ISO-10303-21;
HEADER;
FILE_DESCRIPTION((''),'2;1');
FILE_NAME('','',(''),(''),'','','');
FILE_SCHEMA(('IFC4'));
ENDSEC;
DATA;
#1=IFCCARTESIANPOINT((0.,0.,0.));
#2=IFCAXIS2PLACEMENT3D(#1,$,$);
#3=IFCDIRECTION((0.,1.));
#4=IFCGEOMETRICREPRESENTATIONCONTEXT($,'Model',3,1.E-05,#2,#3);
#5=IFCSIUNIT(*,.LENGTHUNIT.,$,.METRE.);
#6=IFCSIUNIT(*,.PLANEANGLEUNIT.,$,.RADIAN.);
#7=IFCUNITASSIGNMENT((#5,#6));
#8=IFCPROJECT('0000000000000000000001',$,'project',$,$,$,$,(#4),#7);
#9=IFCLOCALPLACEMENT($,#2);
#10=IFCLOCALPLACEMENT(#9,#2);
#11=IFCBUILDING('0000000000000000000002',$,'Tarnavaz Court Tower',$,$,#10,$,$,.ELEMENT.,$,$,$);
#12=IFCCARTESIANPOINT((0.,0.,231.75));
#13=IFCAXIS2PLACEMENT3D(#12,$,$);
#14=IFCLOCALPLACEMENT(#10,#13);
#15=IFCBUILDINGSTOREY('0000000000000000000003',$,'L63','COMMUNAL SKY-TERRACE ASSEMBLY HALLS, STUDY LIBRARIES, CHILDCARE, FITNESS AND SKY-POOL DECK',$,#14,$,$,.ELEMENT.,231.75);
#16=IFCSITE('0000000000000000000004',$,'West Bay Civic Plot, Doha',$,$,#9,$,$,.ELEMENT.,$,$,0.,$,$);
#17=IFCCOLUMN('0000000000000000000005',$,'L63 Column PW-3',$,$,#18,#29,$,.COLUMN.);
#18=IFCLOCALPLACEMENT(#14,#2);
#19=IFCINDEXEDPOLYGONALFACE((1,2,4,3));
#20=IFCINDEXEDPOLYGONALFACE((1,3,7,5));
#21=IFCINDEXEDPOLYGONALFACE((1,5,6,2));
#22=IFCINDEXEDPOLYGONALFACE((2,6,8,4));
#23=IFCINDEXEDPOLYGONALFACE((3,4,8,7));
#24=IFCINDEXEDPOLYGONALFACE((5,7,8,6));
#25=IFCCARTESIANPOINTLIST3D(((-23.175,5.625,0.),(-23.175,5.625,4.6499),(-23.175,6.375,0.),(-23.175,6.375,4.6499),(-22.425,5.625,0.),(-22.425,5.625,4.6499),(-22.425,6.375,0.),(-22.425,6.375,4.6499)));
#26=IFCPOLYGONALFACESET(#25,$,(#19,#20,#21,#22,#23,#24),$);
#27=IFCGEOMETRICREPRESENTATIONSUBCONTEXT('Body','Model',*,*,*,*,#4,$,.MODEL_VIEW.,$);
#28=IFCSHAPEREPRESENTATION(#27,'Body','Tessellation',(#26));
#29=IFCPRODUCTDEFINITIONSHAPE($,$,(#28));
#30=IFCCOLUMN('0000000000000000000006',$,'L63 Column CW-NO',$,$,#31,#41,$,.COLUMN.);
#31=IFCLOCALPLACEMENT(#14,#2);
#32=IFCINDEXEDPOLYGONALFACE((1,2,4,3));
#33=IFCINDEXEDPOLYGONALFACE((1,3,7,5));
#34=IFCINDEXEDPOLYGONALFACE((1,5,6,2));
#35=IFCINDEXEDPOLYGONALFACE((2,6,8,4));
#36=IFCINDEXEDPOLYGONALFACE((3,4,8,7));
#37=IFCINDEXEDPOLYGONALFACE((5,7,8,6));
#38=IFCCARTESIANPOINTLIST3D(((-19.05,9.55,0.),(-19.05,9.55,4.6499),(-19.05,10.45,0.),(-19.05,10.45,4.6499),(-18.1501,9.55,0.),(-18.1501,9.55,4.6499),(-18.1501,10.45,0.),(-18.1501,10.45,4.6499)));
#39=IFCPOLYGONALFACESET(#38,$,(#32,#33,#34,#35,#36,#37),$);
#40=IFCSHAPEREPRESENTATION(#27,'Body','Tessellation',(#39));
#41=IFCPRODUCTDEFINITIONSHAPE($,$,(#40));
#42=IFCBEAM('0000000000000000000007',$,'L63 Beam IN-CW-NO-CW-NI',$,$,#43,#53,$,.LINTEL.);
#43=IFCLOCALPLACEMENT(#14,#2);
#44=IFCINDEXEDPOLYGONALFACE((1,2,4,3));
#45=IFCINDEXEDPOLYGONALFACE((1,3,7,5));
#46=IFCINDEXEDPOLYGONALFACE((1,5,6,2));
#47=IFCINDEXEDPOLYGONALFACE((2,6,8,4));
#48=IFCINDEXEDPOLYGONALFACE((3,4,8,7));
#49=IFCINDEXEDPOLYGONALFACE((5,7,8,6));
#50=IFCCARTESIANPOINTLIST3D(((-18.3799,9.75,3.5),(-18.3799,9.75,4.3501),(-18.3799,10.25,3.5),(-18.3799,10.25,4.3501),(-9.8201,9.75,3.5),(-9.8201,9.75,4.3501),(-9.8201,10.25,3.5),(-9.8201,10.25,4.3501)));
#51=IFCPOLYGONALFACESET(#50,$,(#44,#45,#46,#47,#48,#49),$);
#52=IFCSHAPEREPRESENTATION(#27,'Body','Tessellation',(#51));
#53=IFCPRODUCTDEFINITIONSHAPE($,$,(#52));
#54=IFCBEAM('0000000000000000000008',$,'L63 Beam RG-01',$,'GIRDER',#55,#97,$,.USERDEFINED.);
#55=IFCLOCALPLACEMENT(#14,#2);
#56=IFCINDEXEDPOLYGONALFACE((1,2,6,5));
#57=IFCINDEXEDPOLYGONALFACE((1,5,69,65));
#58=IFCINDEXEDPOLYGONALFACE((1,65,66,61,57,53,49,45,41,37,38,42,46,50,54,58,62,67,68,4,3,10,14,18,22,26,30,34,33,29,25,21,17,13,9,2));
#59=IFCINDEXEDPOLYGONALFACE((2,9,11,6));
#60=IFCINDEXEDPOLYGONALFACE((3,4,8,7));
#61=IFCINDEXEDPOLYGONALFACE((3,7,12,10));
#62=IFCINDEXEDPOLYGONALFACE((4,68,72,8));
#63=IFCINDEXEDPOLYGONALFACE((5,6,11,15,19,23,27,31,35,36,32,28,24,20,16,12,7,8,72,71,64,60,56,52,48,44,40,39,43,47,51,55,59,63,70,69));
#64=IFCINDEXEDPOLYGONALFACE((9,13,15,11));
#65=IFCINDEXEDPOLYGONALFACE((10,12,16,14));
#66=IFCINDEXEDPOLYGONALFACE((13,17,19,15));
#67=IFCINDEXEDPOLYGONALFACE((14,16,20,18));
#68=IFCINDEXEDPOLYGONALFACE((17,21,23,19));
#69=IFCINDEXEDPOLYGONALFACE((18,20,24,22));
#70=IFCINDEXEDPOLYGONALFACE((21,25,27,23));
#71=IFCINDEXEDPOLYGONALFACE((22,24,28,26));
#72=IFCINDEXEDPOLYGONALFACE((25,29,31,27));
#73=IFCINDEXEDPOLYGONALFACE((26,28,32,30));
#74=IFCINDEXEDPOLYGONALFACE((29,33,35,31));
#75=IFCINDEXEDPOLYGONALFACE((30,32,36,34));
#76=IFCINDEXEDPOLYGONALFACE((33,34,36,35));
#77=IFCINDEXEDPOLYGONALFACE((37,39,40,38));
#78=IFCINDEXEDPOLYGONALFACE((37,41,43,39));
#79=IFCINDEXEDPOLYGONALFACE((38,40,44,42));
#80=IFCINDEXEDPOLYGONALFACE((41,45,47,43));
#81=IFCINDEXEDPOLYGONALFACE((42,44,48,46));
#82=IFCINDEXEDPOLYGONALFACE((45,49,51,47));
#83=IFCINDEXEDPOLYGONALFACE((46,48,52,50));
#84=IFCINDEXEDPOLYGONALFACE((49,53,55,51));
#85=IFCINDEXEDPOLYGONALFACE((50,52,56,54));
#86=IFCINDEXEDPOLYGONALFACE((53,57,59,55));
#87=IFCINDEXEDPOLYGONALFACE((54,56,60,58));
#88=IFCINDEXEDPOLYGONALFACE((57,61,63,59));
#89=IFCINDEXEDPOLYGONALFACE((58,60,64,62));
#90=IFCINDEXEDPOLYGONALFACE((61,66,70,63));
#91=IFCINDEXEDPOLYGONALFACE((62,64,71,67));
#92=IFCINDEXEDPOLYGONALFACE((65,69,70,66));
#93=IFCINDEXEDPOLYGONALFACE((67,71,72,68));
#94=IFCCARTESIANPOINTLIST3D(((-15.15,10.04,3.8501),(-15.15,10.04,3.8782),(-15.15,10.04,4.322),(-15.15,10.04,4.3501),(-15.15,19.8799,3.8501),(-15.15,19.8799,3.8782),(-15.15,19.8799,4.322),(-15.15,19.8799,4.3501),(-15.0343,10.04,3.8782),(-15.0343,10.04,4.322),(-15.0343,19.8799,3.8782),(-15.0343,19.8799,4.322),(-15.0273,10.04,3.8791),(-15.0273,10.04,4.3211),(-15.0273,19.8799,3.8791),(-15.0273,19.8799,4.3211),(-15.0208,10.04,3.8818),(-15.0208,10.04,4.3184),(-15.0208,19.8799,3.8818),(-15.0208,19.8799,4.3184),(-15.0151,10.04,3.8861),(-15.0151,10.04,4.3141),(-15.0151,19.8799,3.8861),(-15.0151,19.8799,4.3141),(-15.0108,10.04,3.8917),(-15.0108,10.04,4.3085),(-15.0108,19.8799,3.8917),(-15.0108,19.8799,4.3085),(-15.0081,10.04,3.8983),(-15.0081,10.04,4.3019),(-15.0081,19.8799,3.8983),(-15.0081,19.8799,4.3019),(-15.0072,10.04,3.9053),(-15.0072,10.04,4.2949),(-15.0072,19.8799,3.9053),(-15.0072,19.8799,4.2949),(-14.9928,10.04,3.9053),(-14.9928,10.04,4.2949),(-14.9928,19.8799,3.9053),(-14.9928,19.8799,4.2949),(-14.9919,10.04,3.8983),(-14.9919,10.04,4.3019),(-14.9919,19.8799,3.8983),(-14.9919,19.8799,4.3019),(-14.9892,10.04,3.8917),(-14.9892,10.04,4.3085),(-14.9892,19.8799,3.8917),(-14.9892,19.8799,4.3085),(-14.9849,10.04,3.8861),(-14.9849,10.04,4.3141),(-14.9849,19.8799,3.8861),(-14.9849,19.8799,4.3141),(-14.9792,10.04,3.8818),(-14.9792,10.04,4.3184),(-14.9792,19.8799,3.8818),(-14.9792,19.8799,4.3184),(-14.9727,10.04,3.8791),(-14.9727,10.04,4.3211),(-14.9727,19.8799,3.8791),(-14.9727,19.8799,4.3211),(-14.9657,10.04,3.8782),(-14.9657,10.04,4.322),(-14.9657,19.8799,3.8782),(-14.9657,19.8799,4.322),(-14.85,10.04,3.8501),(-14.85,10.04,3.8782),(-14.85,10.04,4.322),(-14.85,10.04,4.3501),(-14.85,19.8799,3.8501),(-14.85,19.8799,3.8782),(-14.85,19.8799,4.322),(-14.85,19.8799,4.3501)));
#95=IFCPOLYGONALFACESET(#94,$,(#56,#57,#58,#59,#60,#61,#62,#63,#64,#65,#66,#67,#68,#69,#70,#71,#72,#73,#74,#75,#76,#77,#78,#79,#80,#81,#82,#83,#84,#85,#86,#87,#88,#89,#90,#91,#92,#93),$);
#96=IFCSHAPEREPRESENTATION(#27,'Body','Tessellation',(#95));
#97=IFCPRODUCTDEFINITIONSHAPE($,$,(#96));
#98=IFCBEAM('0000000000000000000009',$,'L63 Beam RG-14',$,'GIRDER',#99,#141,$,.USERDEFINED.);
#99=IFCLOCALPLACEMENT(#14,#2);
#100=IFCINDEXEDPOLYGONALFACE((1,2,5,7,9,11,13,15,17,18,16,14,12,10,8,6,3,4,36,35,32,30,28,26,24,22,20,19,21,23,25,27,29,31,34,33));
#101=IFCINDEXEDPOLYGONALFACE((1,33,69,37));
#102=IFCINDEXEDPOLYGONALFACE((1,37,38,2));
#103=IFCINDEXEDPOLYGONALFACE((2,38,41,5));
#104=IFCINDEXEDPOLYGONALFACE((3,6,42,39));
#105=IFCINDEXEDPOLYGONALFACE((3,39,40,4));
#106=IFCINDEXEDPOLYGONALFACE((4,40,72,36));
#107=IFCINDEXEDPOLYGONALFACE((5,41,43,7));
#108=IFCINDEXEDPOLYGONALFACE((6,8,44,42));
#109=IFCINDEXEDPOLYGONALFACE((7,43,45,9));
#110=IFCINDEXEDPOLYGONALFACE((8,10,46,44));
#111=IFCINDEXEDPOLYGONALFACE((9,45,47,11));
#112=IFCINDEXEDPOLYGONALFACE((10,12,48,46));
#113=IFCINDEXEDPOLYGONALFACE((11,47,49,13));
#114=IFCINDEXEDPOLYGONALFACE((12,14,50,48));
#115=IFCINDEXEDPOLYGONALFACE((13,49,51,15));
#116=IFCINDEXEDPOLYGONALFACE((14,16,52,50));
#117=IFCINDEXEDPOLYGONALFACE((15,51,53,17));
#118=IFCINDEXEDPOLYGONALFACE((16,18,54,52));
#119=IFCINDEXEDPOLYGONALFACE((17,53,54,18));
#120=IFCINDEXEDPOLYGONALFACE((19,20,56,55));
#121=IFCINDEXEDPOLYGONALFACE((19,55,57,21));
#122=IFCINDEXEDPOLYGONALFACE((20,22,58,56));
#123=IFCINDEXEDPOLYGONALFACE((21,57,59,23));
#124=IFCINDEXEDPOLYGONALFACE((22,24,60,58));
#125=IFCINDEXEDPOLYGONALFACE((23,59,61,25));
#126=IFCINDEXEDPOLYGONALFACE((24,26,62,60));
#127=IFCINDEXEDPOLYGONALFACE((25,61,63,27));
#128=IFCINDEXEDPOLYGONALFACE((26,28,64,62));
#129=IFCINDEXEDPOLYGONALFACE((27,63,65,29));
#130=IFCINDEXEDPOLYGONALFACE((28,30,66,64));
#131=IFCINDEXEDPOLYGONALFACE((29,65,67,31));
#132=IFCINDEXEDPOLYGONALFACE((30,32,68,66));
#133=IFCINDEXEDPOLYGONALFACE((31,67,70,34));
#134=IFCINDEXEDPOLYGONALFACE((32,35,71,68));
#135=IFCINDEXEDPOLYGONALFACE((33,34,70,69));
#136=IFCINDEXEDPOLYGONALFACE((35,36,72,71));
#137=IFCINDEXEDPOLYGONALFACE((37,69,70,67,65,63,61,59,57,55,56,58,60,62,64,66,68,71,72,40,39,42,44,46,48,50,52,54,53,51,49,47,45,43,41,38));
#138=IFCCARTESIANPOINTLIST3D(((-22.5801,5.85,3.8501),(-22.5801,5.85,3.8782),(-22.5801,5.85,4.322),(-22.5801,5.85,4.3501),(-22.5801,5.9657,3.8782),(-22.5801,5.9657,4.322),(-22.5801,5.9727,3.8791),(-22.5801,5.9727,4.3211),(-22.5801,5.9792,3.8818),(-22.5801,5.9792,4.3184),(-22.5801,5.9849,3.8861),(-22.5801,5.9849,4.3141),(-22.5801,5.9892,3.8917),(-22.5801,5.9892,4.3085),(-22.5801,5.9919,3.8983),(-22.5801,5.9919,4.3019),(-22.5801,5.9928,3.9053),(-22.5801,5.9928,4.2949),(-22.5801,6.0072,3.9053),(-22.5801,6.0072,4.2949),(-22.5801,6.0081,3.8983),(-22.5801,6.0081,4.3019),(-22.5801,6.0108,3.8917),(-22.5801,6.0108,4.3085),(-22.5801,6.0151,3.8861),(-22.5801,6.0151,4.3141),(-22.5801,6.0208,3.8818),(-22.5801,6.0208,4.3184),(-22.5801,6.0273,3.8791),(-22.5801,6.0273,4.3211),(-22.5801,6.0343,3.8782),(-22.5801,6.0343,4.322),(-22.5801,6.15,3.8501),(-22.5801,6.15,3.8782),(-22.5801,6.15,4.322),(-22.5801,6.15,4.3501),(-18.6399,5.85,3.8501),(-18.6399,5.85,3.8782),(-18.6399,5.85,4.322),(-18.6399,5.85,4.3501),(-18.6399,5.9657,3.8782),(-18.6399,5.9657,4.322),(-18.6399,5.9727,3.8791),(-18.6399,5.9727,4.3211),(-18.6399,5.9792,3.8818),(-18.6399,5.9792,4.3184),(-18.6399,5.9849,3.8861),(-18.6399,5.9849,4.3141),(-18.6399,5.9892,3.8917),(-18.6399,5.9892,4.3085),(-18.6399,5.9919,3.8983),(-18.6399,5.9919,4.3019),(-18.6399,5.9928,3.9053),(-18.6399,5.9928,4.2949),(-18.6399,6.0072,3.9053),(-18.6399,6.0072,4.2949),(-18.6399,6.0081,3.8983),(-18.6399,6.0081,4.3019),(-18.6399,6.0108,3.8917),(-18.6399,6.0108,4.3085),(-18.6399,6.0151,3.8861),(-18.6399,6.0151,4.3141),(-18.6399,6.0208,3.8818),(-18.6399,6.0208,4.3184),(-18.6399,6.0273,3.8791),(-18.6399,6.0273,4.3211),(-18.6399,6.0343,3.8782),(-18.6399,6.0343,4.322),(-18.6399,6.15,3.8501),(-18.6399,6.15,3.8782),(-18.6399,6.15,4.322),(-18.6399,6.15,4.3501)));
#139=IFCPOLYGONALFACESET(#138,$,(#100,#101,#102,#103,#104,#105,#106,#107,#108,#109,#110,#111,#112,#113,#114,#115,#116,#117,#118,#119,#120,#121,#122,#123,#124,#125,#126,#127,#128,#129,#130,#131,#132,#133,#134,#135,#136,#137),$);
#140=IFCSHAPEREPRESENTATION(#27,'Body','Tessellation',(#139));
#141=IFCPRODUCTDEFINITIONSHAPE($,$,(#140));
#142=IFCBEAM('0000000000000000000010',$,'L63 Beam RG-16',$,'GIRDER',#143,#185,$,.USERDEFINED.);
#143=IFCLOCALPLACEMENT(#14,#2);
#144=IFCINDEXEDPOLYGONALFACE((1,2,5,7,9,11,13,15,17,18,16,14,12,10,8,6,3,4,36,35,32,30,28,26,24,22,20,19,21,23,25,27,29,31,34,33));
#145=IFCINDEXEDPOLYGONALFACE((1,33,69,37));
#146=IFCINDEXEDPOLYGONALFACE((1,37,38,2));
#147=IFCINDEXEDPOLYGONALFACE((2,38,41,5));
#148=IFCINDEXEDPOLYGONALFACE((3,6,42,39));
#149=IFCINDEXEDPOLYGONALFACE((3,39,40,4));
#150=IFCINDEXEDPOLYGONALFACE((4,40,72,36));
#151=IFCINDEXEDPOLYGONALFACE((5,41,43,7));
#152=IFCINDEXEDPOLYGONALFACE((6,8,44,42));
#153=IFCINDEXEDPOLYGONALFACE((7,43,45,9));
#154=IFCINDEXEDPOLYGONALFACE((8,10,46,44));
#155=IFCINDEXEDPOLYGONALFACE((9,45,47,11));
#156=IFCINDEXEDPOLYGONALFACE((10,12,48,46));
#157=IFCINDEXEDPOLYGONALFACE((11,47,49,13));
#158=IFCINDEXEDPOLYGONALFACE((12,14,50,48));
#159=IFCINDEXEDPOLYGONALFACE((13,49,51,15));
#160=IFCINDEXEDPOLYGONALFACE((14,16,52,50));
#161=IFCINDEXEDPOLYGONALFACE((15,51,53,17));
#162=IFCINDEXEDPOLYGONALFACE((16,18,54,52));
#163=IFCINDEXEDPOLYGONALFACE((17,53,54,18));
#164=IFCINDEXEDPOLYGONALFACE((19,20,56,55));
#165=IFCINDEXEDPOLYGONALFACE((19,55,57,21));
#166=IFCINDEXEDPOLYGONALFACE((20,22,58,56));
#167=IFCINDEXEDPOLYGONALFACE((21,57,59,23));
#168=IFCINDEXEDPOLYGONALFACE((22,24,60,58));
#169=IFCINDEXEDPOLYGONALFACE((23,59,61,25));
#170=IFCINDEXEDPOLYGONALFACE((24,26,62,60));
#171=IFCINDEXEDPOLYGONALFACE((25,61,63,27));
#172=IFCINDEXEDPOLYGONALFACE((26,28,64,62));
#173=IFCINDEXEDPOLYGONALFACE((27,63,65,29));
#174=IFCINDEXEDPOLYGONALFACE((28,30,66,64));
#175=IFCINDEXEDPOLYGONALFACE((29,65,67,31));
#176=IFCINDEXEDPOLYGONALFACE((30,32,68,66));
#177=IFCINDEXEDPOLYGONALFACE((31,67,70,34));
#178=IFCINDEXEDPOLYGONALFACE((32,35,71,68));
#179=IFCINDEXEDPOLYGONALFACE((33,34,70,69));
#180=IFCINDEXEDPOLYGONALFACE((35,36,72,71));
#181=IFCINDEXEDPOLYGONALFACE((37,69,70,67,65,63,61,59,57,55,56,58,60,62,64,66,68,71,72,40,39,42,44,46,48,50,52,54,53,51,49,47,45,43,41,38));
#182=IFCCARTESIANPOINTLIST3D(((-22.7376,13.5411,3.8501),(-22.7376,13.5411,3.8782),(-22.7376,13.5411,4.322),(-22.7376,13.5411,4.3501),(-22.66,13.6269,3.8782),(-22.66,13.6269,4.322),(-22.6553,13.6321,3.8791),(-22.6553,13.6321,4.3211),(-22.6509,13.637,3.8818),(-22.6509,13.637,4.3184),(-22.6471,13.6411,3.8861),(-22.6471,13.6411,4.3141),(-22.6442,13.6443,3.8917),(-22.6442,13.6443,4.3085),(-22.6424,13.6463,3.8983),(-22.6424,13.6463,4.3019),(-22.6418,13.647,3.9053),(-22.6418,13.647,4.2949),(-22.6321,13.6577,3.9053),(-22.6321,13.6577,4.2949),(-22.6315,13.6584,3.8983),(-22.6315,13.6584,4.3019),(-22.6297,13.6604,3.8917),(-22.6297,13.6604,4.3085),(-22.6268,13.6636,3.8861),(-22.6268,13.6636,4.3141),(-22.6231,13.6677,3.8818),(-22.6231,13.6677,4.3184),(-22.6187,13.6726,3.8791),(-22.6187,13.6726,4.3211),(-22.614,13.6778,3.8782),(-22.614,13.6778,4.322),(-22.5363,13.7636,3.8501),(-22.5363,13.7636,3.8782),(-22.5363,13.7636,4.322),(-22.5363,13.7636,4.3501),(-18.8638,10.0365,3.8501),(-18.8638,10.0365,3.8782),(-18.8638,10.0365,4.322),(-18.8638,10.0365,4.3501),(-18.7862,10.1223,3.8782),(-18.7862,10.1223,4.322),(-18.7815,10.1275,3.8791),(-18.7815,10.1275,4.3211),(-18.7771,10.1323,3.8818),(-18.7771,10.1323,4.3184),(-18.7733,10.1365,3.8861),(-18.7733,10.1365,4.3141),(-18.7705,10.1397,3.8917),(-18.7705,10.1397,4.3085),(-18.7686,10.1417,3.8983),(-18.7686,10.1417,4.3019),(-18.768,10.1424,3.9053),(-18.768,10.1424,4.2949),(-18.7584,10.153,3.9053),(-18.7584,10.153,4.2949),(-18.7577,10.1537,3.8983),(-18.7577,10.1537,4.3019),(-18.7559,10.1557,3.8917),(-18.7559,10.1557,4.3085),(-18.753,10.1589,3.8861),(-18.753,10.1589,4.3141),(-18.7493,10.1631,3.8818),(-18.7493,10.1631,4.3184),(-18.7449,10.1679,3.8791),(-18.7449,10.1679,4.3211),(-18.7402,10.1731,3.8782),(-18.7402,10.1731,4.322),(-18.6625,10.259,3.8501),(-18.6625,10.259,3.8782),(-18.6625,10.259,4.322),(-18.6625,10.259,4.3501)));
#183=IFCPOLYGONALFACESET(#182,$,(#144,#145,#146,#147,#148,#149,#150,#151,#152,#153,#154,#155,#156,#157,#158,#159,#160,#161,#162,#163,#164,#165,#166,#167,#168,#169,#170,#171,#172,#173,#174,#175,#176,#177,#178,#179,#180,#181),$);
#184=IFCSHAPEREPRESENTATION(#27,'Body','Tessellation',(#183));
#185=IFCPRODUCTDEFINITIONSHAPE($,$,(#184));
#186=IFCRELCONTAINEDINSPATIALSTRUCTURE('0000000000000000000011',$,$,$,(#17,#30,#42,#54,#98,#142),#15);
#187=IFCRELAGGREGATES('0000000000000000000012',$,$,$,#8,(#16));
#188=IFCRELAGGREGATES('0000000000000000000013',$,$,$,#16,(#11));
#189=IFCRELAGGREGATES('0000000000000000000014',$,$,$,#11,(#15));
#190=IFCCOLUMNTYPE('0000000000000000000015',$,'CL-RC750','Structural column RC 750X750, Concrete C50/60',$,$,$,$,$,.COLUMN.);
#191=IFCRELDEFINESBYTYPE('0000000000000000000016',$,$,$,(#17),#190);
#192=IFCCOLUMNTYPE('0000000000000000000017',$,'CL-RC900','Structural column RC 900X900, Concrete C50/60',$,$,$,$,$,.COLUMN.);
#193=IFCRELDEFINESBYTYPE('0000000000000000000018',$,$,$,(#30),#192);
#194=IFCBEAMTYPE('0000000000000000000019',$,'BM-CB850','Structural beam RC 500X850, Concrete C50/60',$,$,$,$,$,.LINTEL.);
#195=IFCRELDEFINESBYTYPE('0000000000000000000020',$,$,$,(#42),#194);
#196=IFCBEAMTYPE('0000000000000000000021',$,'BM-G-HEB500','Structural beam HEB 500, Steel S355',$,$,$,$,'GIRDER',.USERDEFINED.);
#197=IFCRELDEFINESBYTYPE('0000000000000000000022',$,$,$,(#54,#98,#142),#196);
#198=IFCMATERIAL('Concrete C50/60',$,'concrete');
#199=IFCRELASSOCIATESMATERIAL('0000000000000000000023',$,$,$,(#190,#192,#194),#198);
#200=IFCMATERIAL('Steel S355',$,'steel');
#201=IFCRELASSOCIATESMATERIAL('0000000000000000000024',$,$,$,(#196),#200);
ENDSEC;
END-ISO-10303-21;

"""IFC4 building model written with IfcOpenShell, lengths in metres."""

from ifc_helpers import new_model, si_unit, direction, frame, origin, origin_2d, place, context, subcontext, project, spatial, rectangle, i_section, extrude, material, material_profile, profile_set, type_object, element, save


model = new_model("IFC4")

# Units and contexts
model_context = context("Model", 3, precision=1e-05, world=origin(), true_north=direction((0.0, 1.0)))
body_context = subcontext(model_context, "Body", "Model", "MODEL_VIEW")
ifc_project = project(units=[si_unit("LENGTHUNIT", "METRE"), si_unit("PLANEANGLEUNIT", "RADIAN")], contexts=[model_context])

# Site, building, storey
site_placement = place(None, origin())
site = spatial("IfcSite", under=ifc_project, at=site_placement, Name="West Bay Civic Plot, Doha", CompositionType="ELEMENT", RefElevation=0.0)
building_placement = place(site_placement, origin())
building = spatial("IfcBuilding", under=site, at=building_placement, Name="Tarnavaz Court Tower", CompositionType="ELEMENT")
storey_placement = place(building_placement, frame((0.0, 0.0, 231.75)))
storey = spatial("IfcBuildingStorey", under=building, at=storey_placement, Name="L63", Description="COMMUNAL SKY-TERRACE ASSEMBLY HALLS, STUDY LIBRARIES, CHILDCARE, FITNESS AND SKY-POOL DECK", CompositionType="ELEMENT", Elevation=231.75)

# Columns
ifc_material_1 = material(Name="Concrete C50/60", Category="concrete")
ifc_material_profile_1 = material_profile(ifc_material_1, rectangle(XDim=0.75, YDim=0.75, at=origin_2d()), Name="RC 750X750")
ifc_profile_set_1 = profile_set([ifc_material_profile_1], Name="Concrete C50/60")
column_type_1 = type_object("IfcColumnType", Name="CL-RC750", Description="Structural column RC 750X750, Concrete C50/60", PredefinedType="COLUMN", material=ifc_profile_set_1)
column_1_placement = place(storey_placement, frame((-22.8, 6.0, 0.0), z_axis=(0.0, 0.0, 1.0), x_axis=(1.0, 0.0, 0.0)))
element("IfcColumn", 1, at=column_1_placement, inside=storey, type_object=column_type_1, Name="L63 Column PW-3", PredefinedType="COLUMN", context=body_context, shape_type="SweptSolid", body=[
    extrude(rectangle(XDim=0.75, YDim=0.75, at=origin_2d()), origin(), (0.0, 0.0, 1.0), 4.6499),
])
ifc_material_profile_2 = material_profile(ifc_material_1, rectangle(XDim=0.8999, YDim=0.8999, at=origin_2d()), Name="RC 900X900")
ifc_profile_set_2 = profile_set([ifc_material_profile_2], Name="Concrete C50/60")
column_type_2 = type_object("IfcColumnType", Name="CL-RC900", Description="Structural column RC 900X900, Concrete C50/60", PredefinedType="COLUMN", material=ifc_profile_set_2)
column_2_placement = place(storey_placement, frame((-18.6001, 10.0, 0.0), z_axis=(0.0, 0.0, 1.0), x_axis=(1.0, 0.0, 0.0)))
element("IfcColumn", 2, at=column_2_placement, inside=storey, type_object=column_type_2, Name="L63 Column CW-NO", PredefinedType="COLUMN", context=body_context, shape_type="SweptSolid", body=[
    extrude(rectangle(XDim=0.8999, YDim=0.8999, at=origin_2d()), origin(), (0.0, 0.0, 1.0), 4.6499),
])

# Beams
ifc_material_profile_3 = material_profile(ifc_material_1, rectangle(XDim=0.5, YDim=0.8501, at=origin_2d()), Name="RC 500X850")
ifc_profile_set_3 = profile_set([ifc_material_profile_3], Name="Concrete C50/60")
beam_type_1 = type_object("IfcBeamType", Name="BM-CB850", Description="Structural beam RC 500X850, Concrete C50/60", PredefinedType="LINTEL", material=ifc_profile_set_3)
beam_1_placement = place(storey_placement, frame((-18.3799, 10.0, 3.925), z_axis=(1.0, 0.0, 0.0), x_axis=(0.0, 1.0, 0.0)))
element("IfcBeam", 3, at=beam_1_placement, inside=storey, type_object=beam_type_1, Name="L63 Beam IN-CW-NO-CW-NI", PredefinedType="LINTEL", context=body_context, shape_type="SweptSolid", body=[
    extrude(rectangle(XDim=0.5, YDim=0.8501, at=origin_2d()), origin(), (0.0, 0.0, 1.0), 8.5598),
])
ifc_material_2 = material(Name="Steel S355", Category="steel")
ifc_material_profile_4 = material_profile(ifc_material_2, i_section(OverallWidth=0.3, OverallDepth=0.5, WebThickness=0.0144, FlangeThickness=0.0281, FilletRadius=0.0271, at=origin_2d()), Name="HEB 500")
ifc_profile_set_4 = profile_set([ifc_material_profile_4], Name="Steel S355")
beam_type_2 = type_object("IfcBeamType", Name="BM-G-HEB500", Description="Structural beam HEB 500, Steel S355", ElementType="GIRDER", PredefinedType="USERDEFINED", material=ifc_profile_set_4)
beam_2_placement = place(storey_placement, frame((-15.0, 10.04, 4.1001), z_axis=(0.0, 1.0, 0.0), x_axis=(-1.0, 0.0, 0.0)))
element("IfcBeam", 4, at=beam_2_placement, inside=storey, type_object=beam_type_2, Name="L63 Beam RG-01", ObjectType="GIRDER", PredefinedType="USERDEFINED", context=body_context, shape_type="SweptSolid", body=[
    extrude(i_section(OverallWidth=0.3, OverallDepth=0.5, WebThickness=0.0144, FlangeThickness=0.0281, FilletRadius=0.0271, at=origin_2d()), origin(), (0.0, 0.0, 1.0), 9.8398),
])
beam_3_placement = place(storey_placement, frame((-18.6399, 6.0, 4.1001), z_axis=(-1.0, 0.0, 0.0), x_axis=(0.0, -1.0, 0.0)))
element("IfcBeam", 5, at=beam_3_placement, inside=storey, type_object=beam_type_2, Name="L63 Beam RG-14", ObjectType="GIRDER", PredefinedType="USERDEFINED", context=body_context, shape_type="SweptSolid", body=[
    extrude(i_section(OverallWidth=0.3, OverallDepth=0.5, WebThickness=0.0144, FlangeThickness=0.0281, FilletRadius=0.0271, at=origin_2d()), origin(), (0.0, 0.0, 1.0), 3.9402),
])
beam_4_placement = place(storey_placement, frame((-18.7632, 10.1477, 4.1001), z_axis=(-0.741556, 0.670891, 0.0), x_axis=(-0.670891, -0.741556, 0.0)))
element("IfcBeam", 6, at=beam_4_placement, inside=storey, type_object=beam_type_2, Name="L63 Beam RG-16", ObjectType="GIRDER", PredefinedType="USERDEFINED", context=body_context, shape_type="SweptSolid", body=[
    extrude(i_section(OverallWidth=0.3, OverallDepth=0.5, WebThickness=0.0144, FlangeThickness=0.0281, FilletRadius=0.0271, at=origin_2d()), origin(), (0.0, 0.0, 1.0), 5.2239),
])

save(model, "model.ifc")
